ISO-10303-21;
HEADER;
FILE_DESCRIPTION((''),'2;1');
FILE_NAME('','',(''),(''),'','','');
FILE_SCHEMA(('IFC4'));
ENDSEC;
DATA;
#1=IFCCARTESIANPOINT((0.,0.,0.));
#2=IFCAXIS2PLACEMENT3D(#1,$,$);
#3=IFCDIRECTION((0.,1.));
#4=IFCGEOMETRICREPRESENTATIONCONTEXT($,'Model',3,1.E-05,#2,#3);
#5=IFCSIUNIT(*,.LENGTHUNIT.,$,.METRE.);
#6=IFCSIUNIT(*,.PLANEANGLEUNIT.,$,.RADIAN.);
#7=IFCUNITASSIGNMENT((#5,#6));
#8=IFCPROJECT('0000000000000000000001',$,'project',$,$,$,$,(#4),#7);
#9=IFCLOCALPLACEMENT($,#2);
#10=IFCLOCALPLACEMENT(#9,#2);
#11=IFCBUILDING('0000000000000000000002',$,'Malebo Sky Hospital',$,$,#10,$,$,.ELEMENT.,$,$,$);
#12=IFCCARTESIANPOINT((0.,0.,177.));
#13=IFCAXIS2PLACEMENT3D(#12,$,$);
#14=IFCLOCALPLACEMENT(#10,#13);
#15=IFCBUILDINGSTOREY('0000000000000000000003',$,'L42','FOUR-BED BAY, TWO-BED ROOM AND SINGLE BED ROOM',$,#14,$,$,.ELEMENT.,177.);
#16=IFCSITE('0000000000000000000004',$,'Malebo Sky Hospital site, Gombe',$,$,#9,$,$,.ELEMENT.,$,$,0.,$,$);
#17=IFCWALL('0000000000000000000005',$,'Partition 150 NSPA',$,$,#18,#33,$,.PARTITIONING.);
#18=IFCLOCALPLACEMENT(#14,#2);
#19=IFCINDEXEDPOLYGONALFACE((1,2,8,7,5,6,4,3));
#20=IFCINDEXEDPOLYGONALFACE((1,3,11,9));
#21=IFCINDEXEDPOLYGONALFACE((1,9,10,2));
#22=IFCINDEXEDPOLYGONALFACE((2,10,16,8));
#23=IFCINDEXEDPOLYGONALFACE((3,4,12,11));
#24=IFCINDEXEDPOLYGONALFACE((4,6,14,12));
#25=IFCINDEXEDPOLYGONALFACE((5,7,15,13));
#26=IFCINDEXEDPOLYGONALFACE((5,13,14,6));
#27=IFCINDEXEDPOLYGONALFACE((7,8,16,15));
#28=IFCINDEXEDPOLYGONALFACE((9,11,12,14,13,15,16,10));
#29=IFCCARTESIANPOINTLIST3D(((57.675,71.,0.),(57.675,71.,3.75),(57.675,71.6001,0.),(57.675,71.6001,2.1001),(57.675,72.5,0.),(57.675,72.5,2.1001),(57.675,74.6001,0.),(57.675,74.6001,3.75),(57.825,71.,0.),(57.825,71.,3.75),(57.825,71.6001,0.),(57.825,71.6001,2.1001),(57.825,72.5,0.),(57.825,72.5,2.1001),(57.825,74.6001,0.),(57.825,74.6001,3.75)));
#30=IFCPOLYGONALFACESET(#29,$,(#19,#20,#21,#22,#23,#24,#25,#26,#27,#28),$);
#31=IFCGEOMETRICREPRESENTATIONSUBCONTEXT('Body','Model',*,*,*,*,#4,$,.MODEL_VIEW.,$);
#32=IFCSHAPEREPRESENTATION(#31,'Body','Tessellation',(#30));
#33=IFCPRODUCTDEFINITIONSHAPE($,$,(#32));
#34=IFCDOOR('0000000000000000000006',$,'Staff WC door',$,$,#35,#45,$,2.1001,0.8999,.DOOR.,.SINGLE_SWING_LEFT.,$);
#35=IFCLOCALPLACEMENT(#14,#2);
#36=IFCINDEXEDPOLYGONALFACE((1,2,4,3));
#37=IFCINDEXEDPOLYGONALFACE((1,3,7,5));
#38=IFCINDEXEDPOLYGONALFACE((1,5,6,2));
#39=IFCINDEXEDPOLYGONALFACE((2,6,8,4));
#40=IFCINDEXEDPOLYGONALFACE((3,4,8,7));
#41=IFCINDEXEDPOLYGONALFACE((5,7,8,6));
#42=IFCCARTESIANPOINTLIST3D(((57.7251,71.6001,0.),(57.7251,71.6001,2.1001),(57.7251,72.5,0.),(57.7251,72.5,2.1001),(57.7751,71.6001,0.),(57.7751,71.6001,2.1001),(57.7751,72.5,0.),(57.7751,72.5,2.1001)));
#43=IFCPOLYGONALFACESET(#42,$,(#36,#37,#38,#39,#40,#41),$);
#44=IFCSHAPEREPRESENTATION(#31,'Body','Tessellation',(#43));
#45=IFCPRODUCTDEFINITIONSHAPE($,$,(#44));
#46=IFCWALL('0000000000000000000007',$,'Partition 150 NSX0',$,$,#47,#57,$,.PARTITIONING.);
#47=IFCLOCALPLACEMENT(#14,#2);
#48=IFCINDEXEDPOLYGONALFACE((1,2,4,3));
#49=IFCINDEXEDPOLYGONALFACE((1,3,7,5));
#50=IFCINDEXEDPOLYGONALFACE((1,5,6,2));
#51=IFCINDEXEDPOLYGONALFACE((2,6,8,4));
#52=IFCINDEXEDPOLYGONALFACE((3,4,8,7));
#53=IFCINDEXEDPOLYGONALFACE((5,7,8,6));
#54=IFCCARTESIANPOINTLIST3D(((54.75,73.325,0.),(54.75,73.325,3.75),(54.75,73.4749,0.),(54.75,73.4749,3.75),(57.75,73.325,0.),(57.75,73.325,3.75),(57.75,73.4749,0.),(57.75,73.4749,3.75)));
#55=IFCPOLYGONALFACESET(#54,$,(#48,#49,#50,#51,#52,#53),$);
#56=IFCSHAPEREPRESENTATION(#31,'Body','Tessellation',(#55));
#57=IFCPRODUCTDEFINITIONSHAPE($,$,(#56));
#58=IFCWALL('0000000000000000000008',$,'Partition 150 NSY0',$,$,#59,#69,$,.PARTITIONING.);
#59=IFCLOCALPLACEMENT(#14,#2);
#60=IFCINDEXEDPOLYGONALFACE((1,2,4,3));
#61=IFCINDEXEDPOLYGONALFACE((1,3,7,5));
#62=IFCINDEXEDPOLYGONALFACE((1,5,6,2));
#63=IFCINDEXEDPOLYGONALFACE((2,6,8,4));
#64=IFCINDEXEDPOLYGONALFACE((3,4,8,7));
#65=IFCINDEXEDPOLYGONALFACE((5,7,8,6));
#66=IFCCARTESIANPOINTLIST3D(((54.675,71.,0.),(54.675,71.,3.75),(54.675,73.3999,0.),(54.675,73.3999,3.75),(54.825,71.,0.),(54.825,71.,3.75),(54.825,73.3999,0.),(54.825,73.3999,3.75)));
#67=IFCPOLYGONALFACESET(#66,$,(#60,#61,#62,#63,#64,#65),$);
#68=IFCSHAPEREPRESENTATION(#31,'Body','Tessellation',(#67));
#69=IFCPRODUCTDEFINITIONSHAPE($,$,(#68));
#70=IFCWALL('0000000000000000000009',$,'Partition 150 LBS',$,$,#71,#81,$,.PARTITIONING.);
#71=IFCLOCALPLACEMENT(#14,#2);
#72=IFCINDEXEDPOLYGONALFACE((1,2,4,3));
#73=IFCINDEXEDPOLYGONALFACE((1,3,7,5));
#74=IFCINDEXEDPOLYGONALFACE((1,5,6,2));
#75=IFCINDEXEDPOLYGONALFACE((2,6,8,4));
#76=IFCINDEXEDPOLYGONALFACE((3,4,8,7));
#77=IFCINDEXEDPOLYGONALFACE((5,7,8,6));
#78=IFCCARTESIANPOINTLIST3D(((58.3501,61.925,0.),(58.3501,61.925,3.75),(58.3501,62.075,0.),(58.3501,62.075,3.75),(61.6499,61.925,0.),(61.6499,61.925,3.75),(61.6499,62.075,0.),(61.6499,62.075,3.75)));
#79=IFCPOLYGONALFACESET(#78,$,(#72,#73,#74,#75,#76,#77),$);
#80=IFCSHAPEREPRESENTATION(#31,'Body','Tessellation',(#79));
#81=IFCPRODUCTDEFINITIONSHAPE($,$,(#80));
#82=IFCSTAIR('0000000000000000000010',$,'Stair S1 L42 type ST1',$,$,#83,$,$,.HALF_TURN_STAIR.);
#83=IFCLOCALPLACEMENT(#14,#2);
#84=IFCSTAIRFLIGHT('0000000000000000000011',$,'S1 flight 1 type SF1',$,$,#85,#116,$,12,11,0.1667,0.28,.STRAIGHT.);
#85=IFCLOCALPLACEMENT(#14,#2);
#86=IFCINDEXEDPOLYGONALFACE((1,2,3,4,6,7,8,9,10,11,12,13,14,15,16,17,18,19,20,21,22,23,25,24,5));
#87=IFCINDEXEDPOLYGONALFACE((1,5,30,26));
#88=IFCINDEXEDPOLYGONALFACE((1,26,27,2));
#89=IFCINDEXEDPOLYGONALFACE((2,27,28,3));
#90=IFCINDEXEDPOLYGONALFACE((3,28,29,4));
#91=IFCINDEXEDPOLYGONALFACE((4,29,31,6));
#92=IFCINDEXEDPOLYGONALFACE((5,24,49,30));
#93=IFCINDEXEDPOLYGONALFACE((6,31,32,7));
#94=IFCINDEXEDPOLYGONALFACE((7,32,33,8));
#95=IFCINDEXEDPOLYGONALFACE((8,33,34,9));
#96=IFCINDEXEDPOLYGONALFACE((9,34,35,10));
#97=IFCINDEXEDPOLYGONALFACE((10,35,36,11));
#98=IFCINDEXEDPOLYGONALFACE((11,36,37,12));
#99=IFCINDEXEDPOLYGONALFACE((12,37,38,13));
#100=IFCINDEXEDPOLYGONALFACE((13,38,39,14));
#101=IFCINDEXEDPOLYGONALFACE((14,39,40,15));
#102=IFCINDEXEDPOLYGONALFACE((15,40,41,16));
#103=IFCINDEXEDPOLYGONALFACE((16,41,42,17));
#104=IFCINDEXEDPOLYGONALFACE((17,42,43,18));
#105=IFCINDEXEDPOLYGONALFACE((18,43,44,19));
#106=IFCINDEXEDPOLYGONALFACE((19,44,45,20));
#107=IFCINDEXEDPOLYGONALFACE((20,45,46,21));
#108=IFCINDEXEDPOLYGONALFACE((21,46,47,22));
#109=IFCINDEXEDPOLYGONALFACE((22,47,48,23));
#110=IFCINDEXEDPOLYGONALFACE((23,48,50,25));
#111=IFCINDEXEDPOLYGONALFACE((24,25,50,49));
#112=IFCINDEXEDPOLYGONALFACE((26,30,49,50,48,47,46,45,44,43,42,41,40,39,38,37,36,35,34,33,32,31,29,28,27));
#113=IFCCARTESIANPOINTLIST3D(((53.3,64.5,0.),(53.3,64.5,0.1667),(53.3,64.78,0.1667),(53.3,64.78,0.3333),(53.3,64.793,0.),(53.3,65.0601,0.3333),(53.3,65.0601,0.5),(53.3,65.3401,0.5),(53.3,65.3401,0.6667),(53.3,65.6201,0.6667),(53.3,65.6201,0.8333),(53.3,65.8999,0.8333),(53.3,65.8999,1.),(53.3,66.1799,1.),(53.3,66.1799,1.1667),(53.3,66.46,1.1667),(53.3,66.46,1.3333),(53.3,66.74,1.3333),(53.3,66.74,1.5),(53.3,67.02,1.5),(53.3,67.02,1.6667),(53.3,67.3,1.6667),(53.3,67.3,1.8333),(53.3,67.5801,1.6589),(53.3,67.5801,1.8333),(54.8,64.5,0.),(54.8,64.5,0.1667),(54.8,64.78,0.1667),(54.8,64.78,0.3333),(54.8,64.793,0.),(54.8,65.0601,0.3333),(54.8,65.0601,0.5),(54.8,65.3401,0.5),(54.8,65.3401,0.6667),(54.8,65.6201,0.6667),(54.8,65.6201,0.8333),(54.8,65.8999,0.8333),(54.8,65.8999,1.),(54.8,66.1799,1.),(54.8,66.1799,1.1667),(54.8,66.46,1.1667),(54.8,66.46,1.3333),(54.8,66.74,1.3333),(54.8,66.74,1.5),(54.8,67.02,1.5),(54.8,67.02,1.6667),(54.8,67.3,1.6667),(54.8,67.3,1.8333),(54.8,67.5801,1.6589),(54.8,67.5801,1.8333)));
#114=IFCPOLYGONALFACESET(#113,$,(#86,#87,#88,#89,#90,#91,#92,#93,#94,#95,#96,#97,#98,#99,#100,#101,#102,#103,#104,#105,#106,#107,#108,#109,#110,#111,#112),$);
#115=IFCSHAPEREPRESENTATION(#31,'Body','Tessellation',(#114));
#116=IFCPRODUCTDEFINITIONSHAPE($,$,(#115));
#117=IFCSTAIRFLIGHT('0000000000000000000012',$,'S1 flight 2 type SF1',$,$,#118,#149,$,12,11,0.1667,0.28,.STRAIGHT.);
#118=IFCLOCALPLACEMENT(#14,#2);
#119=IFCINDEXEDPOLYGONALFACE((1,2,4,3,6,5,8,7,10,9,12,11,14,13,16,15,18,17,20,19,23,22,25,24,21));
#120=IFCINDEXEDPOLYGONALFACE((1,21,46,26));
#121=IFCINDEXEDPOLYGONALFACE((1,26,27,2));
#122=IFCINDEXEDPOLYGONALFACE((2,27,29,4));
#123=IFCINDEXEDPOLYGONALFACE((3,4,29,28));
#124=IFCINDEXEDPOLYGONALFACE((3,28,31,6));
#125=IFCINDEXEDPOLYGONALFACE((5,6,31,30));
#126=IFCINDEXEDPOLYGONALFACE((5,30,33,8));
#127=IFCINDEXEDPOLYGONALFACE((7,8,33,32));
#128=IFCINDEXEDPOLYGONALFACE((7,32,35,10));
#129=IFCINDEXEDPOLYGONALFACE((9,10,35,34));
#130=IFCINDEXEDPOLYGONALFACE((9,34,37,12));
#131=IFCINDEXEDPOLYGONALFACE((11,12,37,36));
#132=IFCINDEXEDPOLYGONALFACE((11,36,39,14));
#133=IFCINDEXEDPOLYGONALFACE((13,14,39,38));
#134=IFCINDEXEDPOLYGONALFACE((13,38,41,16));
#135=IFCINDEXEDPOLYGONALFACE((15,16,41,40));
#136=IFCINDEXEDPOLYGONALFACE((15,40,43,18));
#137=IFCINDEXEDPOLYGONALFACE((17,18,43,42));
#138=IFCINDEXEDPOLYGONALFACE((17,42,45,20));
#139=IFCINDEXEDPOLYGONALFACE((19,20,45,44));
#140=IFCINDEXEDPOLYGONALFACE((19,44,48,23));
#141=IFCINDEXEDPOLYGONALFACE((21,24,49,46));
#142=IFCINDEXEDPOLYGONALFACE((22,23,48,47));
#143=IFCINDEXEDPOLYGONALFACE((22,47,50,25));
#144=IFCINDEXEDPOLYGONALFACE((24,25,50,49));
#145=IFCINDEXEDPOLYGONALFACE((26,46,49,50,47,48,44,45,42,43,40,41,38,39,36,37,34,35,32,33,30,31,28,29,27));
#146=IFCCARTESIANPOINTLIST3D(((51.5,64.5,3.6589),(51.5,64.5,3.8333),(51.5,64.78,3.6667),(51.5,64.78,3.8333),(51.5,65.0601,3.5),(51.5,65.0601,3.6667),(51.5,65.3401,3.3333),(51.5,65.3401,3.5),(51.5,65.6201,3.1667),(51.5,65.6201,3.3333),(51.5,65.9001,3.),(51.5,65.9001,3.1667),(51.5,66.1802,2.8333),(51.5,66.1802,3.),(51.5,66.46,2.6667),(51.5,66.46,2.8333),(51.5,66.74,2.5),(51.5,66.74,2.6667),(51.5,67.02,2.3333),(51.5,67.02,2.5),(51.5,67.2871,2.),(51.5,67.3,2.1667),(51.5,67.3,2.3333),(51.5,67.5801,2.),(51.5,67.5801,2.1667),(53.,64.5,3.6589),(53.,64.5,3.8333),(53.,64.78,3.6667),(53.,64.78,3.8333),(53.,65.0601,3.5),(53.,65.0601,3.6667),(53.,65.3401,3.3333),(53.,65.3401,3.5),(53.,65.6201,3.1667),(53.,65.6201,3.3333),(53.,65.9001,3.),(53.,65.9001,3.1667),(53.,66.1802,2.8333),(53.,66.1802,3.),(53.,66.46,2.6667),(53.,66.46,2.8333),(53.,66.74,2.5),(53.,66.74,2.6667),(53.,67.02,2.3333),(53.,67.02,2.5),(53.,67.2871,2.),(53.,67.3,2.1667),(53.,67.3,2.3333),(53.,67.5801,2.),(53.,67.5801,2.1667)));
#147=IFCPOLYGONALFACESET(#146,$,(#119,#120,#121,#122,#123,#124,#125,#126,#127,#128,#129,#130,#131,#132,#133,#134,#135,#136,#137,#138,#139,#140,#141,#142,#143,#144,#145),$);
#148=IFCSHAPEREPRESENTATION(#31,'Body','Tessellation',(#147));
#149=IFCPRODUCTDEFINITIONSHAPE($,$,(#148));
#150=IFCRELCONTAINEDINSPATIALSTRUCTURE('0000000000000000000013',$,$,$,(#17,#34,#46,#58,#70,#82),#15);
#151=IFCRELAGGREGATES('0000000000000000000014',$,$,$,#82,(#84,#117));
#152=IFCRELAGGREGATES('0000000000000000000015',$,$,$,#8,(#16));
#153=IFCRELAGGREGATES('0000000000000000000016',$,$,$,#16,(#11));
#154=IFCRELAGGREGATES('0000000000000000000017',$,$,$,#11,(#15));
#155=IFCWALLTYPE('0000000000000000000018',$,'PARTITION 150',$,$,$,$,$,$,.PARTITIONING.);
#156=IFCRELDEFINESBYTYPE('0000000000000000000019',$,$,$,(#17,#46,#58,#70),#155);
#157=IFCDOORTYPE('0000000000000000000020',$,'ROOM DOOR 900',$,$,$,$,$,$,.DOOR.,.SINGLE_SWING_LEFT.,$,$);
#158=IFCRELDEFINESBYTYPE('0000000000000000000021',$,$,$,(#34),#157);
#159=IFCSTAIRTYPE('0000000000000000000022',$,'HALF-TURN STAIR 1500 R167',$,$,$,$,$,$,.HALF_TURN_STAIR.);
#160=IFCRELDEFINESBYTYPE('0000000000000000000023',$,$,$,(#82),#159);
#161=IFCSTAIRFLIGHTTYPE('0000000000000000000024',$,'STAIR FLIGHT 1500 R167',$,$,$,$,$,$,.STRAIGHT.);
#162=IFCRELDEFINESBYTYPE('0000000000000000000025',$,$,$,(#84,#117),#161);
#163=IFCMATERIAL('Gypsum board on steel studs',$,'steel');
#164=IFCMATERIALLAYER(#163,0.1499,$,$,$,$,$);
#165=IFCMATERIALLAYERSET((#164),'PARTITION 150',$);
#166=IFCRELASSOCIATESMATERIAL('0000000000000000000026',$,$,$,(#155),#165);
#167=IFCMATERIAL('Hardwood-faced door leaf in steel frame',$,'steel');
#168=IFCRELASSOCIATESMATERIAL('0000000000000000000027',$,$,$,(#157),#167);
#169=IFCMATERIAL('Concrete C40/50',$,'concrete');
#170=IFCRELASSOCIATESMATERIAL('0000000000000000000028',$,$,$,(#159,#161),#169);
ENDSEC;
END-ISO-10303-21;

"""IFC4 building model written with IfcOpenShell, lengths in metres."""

from ifc_helpers import new_model, si_unit, direction, frame, frame_2d, origin, place, context, subcontext, project, spatial, polyline, rectangle, outline, extrude, material, layer, layer_set, type_object, element, fill, aggregate, save


model = new_model("IFC4")

# Units and contexts
model_context = context("Model", 3, precision=1e-05, world=origin(), true_north=direction((0.0, 1.0)))
body_context = subcontext(model_context, "Body", "Model", "MODEL_VIEW")
ifc_project = project(units=[si_unit("LENGTHUNIT", "METRE"), si_unit("PLANEANGLEUNIT", "RADIAN")], contexts=[model_context])

# Site, building, storey
site_placement = place(None, origin())
site = spatial("IfcSite", under=ifc_project, at=site_placement, Name="Malebo Sky Hospital site, Gombe", CompositionType="ELEMENT", RefElevation=0.0)
building_placement = place(site_placement, origin())
building = spatial("IfcBuilding", under=site, at=building_placement, Name="Malebo Sky Hospital", CompositionType="ELEMENT")
storey_placement = place(building_placement, frame((0.0, 0.0, 177.0)))
storey = spatial("IfcBuildingStorey", under=building, at=storey_placement, Name="L42", Description="FOUR-BED BAY, TWO-BED ROOM AND SINGLE BED ROOM", CompositionType="ELEMENT", Elevation=177.0)

# Wall, opening, door
ifc_material_1 = material(Name="Hardwood-faced door leaf in steel frame", Category="steel")
ifc_material_2 = material(Name="Gypsum board on steel studs", Category="steel")
ifc_layer_1 = layer(ifc_material_2, 0.1499)
ifc_layer_set_1 = layer_set([ifc_layer_1], Name="PARTITION 150")
wall_type_1 = type_object("IfcWallType", Name="PARTITION 150", PredefinedType="PARTITIONING", material=ifc_layer_set_1)
wall_1_placement = place(storey_placement, frame((57.75, 71.0, 0.0), z_axis=(0.0, 0.0, 1.0), x_axis=(0.0, 1.0, 0.0)))
wall_1 = element("IfcWall", 1, at=wall_1_placement, inside=storey, type_object=wall_type_1, Name="Partition 150 NSPA", PredefinedType="PARTITIONING", context=body_context, shape_type="SweptSolid", body=[
    extrude(rectangle(XDim=3.6001, YDim=0.1499, at=frame_2d((1.8, 0.0))), origin(), (0.0, 0.0, 1.0), 3.75),
])
opening_1_placement = place(wall_1_placement, frame((0.6001, 0.0, 0.0)))
opening_1 = element("IfcOpeningElement", 2, at=opening_1_placement, cuts=wall_1, PredefinedType="OPENING", context=body_context, shape_type="SweptSolid", body=[
    extrude(rectangle(XDim=0.8999, YDim=2.1001, at=frame_2d((0.45, 1.05))), frame((0.0, 0.085, 0.0), z_axis=(0.0, -1.0, 0.0), x_axis=(1.0, 0.0, 0.0)), (0.0, 0.0, 1.0), 0.1699),
])
door_type_1 = type_object("IfcDoorType", Name="ROOM DOOR 900", OperationType="SINGLE_SWING_LEFT", PredefinedType="DOOR", material=ifc_material_1)
door_1_placement = place(opening_1_placement, origin())
door_1 = element("IfcDoor", 3, at=door_1_placement, inside=storey, type_object=door_type_1, Name="Staff WC door", OperationType="SINGLE_SWING_LEFT", OverallHeight=2.1001, OverallWidth=0.8999, PredefinedType="DOOR", context=body_context, shape_type="SweptSolid", body=[
    extrude(rectangle(XDim=0.8999, YDim=2.1001, at=frame_2d((0.45, 1.05))), frame((0.0, 0.0249, 0.0), z_axis=(0.0, -1.0, 0.0), x_axis=(1.0, 0.0, 0.0)), (0.0, 0.0, 1.0), 0.05),
])
fill(opening_1, door_1)

# Walls
wall_2_placement = place(storey_placement, frame((54.75, 73.3999, 0.0), z_axis=(0.0, 0.0, 1.0), x_axis=(1.0, 0.0, 0.0)))
element("IfcWall", 4, at=wall_2_placement, inside=storey, type_object=wall_type_1, Name="Partition 150 NSX0", PredefinedType="PARTITIONING", context=body_context, shape_type="SweptSolid", body=[
    extrude(rectangle(XDim=3.0, YDim=0.1499, at=frame_2d((1.5, 0.0))), origin(), (0.0, 0.0, 1.0), 3.75),
])
wall_3_placement = place(storey_placement, frame((54.75, 71.0, 0.0), z_axis=(0.0, 0.0, 1.0), x_axis=(0.0, 1.0, 0.0)))
element("IfcWall", 5, at=wall_3_placement, inside=storey, type_object=wall_type_1, Name="Partition 150 NSY0", PredefinedType="PARTITIONING", context=body_context, shape_type="SweptSolid", body=[
    extrude(rectangle(XDim=2.3999, YDim=0.1499, at=frame_2d((1.2, 0.0))), origin(), (0.0, 0.0, 1.0), 3.75),
])
wall_4_placement = place(storey_placement, frame((58.3501, 62.0, 0.0), z_axis=(0.0, 0.0, 1.0), x_axis=(1.0, 0.0, 0.0)))
element("IfcWall", 6, at=wall_4_placement, inside=storey, type_object=wall_type_1, Name="Partition 150 LBS", PredefinedType="PARTITIONING", context=body_context, shape_type="SweptSolid", body=[
    extrude(rectangle(XDim=3.2998, YDim=0.1499, at=frame_2d((1.6499, 0.0))), origin(), (0.0, 0.0, 1.0), 3.75),
])

# Stair, stair flights
ifc_material_3 = material(Name="Concrete C40/50", Category="concrete")
stair_type = type_object("IfcStairType", Name="HALF-TURN STAIR 1500 R167", PredefinedType="HALF_TURN_STAIR", material=ifc_material_3)
stair_placement = place(storey_placement, origin())
stair = element("IfcStair", 7, at=stair_placement, inside=storey, type_object=stair_type, Name="Stair S1 L42 type ST1", PredefinedType="HALF_TURN_STAIR")
stair_flight_type = type_object("IfcStairFlightType", Name="STAIR FLIGHT 1500 R167", PredefinedType="STRAIGHT", material=ifc_material_3)
stair_flight_1_placement = place(storey_placement, frame((54.05, 64.5, 0.0), z_axis=(0.0, 0.0, 1.0), x_axis=(0.0, 1.0, 0.0)))
stair_flight_1 = element("IfcStairFlight", 8, at=stair_flight_1_placement, type_object=stair_flight_type, Name="S1 flight 1 type SF1", NumberOfRisers=12, NumberOfTreads=11, PredefinedType="STRAIGHT", RiserHeight=0.1667, TreadLength=0.28, context=body_context, shape_type="SweptSolid", body=[
    extrude(outline(polyline([(0.0, 0.0), (0.0, 0.1667), (0.28, 0.1667), (0.28, 0.3333), (0.5601, 0.3333), (0.5601, 0.5), (0.8401, 0.5), (0.8401, 0.6667), (1.1201, 0.6667), (1.1201, 0.8333), (1.3999, 0.8333), (1.3999, 1.0), (1.6799, 1.0), (1.6799, 1.1667), (1.96, 1.1667), (1.96, 1.3333), (2.24, 1.3333), (2.24, 1.5), (2.52, 1.5), (2.52, 1.6667), (2.8, 1.6667), (2.8, 1.8333), (3.0801, 1.8333), (3.0801, 2.0), (3.0801, 1.6589), (0.293, 0.0), (0.0, 0.0)])), frame((0.0, 0.75, 0.0), z_axis=(0.0, -1.0, 0.0), x_axis=(1.0, 0.0, 0.0)), (0.0, 0.0, 1.0), 1.5),
])
stair_flight_2_placement = place(storey_placement, frame((52.25, 67.5801, 2.0), z_axis=(0.0, 0.0, 1.0), x_axis=(0.0, -1.0, 0.0)))
stair_flight_2 = element("IfcStairFlight", 9, at=stair_flight_2_placement, type_object=stair_flight_type, Name="S1 flight 2 type SF1", NumberOfRisers=12, NumberOfTreads=11, PredefinedType="STRAIGHT", RiserHeight=0.1667, TreadLength=0.28, context=body_context, shape_type="SweptSolid", body=[
    extrude(outline(polyline([(0.0, 0.0), (0.0, 0.1667), (0.28, 0.1667), (0.28, 0.3333), (0.5601, 0.3333), (0.5601, 0.5), (0.8401, 0.5), (0.8401, 0.6667), (1.1201, 0.6667), (1.1201, 0.8333), (1.3999, 0.8333), (1.3999, 1.0), (1.6799, 1.0), (1.6799, 1.1667), (1.96, 1.1667), (1.96, 1.3333), (2.24, 1.3333), (2.24, 1.5), (2.52, 1.5), (2.52, 1.6667), (2.8, 1.6667), (2.8, 1.8333), (3.0801, 1.8333), (3.0801, 2.0), (3.0801, 1.6589), (0.293, 0.0), (0.0, 0.0)])), frame((0.0, 0.75, 0.0), z_axis=(0.0, -1.0, 0.0), x_axis=(1.0, 0.0, 0.0)), (0.0, 0.0, 1.0), 1.5),
])
aggregate(stair, [stair_flight_1, stair_flight_2])

save(model, "model.ifc")
